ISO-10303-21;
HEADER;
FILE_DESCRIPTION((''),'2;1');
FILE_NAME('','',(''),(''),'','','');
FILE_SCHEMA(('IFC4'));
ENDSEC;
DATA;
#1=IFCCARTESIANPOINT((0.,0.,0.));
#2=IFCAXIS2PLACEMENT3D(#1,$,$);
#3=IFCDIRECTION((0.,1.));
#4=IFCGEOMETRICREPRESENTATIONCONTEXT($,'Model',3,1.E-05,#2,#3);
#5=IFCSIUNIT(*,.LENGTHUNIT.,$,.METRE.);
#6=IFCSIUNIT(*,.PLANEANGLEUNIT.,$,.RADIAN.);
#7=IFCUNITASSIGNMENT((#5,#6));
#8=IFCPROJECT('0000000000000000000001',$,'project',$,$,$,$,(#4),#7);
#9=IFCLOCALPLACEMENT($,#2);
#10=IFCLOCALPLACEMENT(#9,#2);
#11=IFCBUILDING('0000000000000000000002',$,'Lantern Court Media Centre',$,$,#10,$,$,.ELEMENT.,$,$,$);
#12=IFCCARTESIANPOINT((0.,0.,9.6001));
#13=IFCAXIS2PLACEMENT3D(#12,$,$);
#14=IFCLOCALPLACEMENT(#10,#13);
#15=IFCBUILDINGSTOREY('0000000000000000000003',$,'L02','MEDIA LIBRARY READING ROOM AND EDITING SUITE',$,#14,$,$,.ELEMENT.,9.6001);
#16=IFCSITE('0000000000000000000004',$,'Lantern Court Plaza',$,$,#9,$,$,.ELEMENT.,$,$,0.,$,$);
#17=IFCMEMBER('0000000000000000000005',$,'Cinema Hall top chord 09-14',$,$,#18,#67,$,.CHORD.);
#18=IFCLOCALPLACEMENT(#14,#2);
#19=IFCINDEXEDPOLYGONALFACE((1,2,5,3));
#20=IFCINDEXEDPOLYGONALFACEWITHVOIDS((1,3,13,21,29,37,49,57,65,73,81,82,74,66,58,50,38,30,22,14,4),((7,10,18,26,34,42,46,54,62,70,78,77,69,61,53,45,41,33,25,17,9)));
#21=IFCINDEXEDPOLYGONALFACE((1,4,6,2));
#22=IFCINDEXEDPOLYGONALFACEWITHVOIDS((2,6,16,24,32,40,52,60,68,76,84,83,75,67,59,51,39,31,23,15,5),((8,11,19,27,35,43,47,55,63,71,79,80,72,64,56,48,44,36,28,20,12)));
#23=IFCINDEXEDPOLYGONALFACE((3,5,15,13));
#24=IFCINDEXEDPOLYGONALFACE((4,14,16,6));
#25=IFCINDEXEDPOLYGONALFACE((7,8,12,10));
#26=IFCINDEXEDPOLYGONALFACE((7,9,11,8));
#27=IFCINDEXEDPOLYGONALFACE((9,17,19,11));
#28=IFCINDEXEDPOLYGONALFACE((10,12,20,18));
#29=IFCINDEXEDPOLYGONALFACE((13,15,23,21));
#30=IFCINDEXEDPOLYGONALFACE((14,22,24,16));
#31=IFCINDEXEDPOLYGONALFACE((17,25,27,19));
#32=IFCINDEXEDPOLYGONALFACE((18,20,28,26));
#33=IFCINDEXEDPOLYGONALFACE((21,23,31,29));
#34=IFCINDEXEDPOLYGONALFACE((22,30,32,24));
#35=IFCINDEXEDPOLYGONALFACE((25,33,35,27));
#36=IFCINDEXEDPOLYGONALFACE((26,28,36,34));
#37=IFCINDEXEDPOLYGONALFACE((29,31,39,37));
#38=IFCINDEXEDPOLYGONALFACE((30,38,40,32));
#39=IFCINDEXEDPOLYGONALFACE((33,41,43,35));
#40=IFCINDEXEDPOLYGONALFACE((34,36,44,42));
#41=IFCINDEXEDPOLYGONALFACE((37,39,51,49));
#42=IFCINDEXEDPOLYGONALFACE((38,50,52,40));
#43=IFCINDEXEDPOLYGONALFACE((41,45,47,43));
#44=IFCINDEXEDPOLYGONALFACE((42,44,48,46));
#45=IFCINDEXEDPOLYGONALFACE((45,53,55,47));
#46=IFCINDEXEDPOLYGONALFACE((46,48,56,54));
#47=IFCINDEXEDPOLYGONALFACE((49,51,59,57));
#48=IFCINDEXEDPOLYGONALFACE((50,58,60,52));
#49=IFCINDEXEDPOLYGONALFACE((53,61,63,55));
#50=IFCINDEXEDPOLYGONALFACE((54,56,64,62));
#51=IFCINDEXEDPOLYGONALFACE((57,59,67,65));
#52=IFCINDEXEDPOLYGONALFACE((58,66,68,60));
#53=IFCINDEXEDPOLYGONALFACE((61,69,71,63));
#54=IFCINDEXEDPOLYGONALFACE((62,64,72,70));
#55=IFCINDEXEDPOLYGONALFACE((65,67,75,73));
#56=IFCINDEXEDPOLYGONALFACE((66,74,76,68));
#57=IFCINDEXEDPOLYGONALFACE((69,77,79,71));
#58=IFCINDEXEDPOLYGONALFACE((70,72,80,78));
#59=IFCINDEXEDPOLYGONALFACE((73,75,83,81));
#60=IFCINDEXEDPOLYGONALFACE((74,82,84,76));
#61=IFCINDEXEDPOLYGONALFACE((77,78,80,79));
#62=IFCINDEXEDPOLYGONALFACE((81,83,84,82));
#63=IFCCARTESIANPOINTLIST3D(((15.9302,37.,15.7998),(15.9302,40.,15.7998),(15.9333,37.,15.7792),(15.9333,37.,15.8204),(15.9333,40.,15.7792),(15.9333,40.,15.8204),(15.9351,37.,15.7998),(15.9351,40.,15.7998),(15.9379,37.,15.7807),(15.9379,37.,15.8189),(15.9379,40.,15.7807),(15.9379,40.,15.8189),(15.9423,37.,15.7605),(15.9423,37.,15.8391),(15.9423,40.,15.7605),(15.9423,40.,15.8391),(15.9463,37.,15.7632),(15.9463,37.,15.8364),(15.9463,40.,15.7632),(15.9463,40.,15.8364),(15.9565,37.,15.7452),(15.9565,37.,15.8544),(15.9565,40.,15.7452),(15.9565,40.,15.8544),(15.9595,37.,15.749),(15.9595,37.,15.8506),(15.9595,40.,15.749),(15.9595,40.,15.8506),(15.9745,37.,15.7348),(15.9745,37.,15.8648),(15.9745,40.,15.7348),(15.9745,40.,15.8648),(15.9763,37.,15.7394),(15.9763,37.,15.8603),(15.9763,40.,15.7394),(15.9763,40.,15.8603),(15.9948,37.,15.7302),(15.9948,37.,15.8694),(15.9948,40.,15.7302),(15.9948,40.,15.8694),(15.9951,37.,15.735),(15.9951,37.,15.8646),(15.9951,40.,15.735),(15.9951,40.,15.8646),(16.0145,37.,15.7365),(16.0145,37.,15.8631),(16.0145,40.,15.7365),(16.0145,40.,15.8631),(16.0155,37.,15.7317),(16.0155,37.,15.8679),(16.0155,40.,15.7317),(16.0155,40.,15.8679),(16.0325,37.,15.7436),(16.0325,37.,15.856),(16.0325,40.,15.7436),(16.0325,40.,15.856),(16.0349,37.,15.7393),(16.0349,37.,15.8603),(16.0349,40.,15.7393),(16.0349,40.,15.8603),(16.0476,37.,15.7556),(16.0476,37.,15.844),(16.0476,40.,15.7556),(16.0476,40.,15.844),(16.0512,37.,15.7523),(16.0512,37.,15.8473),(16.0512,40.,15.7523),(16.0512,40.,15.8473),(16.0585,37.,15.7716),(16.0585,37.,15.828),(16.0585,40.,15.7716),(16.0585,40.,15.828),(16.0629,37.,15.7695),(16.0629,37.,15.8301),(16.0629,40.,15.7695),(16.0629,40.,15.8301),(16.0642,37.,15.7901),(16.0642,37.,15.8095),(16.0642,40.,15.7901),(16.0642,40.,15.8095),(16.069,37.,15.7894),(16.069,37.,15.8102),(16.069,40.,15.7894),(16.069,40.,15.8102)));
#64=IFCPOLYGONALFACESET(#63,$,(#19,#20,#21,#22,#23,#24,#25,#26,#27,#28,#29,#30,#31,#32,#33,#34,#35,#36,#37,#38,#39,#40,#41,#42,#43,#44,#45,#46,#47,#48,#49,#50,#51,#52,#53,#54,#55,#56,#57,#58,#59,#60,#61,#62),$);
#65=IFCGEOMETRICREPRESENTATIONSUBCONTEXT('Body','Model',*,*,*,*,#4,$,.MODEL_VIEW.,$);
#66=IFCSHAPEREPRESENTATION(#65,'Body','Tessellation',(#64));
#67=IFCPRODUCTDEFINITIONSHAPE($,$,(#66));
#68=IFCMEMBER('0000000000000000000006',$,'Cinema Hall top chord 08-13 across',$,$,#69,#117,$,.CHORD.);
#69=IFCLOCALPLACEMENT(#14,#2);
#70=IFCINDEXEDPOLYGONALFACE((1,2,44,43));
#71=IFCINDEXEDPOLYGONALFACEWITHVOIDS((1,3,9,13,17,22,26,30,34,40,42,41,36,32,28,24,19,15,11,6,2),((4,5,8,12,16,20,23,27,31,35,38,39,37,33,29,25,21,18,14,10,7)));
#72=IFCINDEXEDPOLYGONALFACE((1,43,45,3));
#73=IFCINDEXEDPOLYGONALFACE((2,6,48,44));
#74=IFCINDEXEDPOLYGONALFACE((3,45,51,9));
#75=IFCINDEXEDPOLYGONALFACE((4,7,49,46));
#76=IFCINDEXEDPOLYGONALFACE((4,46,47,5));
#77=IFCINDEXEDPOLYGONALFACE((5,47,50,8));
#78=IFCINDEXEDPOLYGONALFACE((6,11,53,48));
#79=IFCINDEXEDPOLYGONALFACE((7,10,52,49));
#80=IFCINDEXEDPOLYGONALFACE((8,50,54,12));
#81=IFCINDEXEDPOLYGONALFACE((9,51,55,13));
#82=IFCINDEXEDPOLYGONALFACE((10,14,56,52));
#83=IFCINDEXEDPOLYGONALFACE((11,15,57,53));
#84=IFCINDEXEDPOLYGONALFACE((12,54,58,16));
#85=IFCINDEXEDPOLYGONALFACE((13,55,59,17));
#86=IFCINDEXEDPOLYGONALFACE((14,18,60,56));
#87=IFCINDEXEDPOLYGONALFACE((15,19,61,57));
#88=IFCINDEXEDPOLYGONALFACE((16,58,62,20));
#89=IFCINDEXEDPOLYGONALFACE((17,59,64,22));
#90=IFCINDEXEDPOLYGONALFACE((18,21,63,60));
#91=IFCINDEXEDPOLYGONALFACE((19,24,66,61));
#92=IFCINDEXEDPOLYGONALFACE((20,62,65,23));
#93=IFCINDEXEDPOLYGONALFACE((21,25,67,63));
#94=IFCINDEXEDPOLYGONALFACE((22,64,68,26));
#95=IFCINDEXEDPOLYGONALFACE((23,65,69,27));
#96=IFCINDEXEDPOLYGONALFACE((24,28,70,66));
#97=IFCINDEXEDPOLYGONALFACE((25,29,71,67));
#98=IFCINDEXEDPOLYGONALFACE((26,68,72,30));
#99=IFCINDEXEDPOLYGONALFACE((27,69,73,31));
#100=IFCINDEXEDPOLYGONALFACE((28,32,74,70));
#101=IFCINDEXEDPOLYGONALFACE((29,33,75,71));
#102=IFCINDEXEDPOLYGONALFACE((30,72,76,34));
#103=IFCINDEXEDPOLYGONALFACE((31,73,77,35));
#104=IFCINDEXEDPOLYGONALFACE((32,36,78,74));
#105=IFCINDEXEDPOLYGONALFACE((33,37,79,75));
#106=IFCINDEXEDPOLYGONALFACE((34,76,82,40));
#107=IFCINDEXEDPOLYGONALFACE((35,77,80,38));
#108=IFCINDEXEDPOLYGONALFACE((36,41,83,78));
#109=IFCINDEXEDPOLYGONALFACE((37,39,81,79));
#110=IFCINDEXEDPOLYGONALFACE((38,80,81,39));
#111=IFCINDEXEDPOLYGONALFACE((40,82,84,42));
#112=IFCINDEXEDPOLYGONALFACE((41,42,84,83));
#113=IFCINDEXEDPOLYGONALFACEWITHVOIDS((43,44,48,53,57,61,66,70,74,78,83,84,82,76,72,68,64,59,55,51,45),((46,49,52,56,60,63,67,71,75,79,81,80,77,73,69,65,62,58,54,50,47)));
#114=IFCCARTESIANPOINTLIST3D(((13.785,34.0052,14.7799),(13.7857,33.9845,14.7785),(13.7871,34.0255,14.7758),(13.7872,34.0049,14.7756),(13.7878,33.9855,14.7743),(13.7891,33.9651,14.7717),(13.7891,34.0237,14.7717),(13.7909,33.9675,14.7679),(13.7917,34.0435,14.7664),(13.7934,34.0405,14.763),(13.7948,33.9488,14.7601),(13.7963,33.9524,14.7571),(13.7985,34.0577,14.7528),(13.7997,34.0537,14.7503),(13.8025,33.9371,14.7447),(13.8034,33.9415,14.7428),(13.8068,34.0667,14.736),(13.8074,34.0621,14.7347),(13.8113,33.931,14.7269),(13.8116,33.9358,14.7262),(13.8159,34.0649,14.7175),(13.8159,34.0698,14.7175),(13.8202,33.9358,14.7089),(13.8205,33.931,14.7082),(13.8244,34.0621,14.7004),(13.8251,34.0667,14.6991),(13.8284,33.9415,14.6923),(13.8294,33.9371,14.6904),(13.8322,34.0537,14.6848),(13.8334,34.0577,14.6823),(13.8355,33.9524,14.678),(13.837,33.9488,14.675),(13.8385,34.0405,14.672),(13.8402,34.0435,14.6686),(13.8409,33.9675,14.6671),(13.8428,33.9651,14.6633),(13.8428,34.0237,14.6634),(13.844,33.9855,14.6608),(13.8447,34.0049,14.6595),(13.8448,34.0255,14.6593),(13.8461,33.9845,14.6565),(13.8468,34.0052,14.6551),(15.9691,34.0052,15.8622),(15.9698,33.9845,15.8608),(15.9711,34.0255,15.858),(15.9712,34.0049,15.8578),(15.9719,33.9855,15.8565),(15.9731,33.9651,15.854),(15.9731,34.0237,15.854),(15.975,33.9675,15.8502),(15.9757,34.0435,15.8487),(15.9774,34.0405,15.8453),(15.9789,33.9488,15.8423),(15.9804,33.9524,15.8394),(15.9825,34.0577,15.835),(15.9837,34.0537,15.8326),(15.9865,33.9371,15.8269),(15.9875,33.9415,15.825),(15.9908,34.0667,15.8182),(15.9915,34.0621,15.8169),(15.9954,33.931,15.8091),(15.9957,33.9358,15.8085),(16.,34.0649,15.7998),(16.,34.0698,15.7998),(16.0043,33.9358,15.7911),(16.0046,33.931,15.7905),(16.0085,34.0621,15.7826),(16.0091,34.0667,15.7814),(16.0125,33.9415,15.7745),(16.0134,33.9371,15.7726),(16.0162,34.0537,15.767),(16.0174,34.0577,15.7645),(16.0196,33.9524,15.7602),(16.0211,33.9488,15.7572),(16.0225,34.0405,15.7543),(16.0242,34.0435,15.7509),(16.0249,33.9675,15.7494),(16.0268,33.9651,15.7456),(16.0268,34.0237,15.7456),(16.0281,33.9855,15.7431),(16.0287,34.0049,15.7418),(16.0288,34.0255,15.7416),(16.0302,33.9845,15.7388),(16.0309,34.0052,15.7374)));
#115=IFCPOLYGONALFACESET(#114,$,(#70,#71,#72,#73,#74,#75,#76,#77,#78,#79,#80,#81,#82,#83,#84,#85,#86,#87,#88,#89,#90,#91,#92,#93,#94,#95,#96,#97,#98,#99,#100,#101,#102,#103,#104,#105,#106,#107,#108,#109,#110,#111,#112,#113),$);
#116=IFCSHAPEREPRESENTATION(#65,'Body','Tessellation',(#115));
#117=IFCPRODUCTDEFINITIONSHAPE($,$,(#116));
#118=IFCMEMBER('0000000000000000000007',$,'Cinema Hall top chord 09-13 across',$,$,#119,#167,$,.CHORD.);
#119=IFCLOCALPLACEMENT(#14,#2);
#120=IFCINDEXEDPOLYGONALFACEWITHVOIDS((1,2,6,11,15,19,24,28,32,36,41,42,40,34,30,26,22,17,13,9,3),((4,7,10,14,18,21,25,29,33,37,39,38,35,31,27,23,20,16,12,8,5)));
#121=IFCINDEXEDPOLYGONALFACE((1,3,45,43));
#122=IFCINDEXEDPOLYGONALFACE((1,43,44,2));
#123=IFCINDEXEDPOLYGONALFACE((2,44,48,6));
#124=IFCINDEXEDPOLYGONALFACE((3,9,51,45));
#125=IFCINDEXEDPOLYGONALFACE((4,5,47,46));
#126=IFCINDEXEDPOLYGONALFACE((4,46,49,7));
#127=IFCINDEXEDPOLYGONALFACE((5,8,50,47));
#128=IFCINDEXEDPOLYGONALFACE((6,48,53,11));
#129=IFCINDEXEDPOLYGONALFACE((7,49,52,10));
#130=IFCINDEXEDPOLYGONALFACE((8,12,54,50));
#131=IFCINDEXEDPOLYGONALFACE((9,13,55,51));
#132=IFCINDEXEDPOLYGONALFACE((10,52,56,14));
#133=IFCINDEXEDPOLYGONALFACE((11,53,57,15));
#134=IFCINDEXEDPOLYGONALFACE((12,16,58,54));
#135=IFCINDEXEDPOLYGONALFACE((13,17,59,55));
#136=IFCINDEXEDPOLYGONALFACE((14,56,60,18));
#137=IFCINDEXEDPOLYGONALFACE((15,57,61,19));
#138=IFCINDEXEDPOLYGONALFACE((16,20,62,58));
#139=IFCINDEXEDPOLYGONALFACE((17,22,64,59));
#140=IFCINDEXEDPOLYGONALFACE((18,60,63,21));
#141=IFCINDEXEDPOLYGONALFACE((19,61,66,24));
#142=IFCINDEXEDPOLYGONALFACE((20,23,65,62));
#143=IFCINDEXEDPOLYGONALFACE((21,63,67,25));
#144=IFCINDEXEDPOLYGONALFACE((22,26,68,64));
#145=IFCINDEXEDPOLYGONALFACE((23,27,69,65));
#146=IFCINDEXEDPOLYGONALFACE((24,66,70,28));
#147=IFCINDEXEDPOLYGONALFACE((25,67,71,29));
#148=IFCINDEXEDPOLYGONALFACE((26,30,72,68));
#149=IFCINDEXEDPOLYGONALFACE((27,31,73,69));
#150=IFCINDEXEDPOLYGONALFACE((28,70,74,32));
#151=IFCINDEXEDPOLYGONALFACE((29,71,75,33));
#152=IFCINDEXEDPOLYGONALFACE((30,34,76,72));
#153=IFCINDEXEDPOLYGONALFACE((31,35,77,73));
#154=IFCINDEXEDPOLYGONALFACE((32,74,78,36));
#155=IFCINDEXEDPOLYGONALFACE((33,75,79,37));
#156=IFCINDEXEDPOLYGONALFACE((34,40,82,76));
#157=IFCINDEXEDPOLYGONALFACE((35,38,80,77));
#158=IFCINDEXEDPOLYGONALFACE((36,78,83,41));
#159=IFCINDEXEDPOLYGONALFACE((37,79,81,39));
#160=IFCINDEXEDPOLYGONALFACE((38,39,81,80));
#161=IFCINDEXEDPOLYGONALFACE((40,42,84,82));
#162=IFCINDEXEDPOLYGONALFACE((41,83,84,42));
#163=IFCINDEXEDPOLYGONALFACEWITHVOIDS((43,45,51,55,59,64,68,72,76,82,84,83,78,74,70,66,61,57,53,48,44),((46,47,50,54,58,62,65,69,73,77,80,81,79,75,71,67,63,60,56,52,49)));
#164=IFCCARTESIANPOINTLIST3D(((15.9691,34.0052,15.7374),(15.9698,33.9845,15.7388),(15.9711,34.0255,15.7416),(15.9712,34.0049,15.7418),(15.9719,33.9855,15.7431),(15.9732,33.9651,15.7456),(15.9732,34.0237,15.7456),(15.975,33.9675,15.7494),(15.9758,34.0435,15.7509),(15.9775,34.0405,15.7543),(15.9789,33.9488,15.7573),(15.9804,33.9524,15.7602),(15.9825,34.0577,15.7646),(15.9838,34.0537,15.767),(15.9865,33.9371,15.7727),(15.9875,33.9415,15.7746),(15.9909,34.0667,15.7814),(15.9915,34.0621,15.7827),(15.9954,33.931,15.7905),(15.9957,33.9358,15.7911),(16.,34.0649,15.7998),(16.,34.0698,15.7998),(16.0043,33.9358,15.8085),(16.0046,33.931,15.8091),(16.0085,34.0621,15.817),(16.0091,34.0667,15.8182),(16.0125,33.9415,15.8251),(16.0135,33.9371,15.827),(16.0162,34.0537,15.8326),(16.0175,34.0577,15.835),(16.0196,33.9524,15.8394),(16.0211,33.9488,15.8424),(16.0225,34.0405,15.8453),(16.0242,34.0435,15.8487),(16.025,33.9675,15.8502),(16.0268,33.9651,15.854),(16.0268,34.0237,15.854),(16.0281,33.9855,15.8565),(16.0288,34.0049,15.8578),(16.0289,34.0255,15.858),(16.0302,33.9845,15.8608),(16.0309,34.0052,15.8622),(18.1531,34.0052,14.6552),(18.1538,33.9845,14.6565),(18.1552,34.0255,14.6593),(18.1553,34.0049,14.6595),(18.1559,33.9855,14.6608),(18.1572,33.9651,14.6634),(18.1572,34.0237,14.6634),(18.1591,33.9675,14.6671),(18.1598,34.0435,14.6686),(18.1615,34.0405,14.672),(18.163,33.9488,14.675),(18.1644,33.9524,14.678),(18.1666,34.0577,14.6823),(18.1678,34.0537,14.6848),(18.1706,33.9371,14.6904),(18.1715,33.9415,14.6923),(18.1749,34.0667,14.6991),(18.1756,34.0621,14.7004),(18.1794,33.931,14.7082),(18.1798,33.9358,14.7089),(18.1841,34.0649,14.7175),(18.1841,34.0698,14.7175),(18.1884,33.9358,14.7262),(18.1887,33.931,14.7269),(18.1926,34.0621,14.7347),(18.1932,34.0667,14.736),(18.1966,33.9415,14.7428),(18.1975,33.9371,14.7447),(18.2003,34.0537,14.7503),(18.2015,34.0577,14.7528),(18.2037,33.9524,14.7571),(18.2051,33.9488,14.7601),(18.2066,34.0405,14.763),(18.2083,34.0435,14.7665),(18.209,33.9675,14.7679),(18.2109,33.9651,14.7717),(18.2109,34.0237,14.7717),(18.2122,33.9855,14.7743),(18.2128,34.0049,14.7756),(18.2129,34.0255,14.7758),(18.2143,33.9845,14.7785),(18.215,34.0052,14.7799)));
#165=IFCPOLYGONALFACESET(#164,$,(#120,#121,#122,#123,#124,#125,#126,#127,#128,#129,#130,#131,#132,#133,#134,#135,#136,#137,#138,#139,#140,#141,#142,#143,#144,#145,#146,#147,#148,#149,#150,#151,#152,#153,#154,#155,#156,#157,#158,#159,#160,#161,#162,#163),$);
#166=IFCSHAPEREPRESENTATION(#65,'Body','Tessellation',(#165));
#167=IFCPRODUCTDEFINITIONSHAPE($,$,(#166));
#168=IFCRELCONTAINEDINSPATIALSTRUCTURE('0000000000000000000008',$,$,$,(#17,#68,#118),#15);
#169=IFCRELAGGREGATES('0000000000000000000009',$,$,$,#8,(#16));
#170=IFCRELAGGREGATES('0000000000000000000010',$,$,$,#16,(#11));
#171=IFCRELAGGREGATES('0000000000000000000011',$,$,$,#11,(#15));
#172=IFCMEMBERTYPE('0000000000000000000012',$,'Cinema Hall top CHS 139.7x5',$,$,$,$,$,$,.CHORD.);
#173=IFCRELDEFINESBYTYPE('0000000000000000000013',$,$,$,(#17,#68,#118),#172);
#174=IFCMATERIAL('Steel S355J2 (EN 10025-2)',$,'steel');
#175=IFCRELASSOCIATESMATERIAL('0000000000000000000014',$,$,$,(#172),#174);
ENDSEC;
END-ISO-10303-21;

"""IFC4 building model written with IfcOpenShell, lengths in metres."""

from ifc_helpers import new_model, si_unit, direction, frame, origin, origin_2d, place, context, subcontext, project, spatial, hollow_circle, extrude, material, material_profile, profile_set, type_object, element, save


model = new_model("IFC4")

# Units and contexts
model_context = context("Model", 3, precision=1e-05, world=origin(), true_north=direction((0.0, 1.0)))
body_context = subcontext(model_context, "Body", "Model", "MODEL_VIEW")
ifc_project = project(units=[si_unit("LENGTHUNIT", "METRE"), si_unit("PLANEANGLEUNIT", "RADIAN")], contexts=[model_context])

# Site, building, storey
site_placement = place(None, origin())
site = spatial("IfcSite", under=ifc_project, at=site_placement, Name="Lantern Court Plaza", CompositionType="ELEMENT", RefElevation=0.0)
building_placement = place(site_placement, origin())
building = spatial("IfcBuilding", under=site, at=building_placement, Name="Lantern Court Media Centre", CompositionType="ELEMENT")
storey_placement = place(building_placement, frame((0.0, 0.0, 9.6001)))
storey = spatial("IfcBuildingStorey", under=building, at=storey_placement, Name="L02", Description="MEDIA LIBRARY READING ROOM AND EDITING SUITE", CompositionType="ELEMENT", Elevation=9.6001)

# Members
ifc_material = material(Name="Steel S355J2 (EN 10025-2)", Category="steel")
ifc_material_profile_1 = material_profile(ifc_material, hollow_circle(Radius=0.0698, WallThickness=0.0049, at=origin_2d()), Name="Cinema Hall top CHS 139.7x5")
ifc_profile_set_1 = profile_set([ifc_material_profile_1], Name="Steel S355J2 (EN 10025-2)")
member_type_1 = type_object("IfcMemberType", Name="Cinema Hall top CHS 139.7x5", PredefinedType="CHORD", material=ifc_profile_set_1)
for number, where, z_axis, x_axis, name in (
    (1, (16.0, 37.0, 15.7998), (0.0, 1.0, 0.0), (-1.0, 0.0, 0.0), "Cinema Hall top chord 09-14"),
):
    element("IfcMember", number, at=place(storey_placement, frame(where, z_axis=z_axis, x_axis=x_axis)), inside=storey, type_object=member_type_1, Name=name, PredefinedType="CHORD", context=body_context, shape_type="SweptSolid", body=[
        extrude(hollow_circle(Radius=0.0698, WallThickness=0.0049, at=origin_2d()), origin(), (0.0, 0.0, 1.0), 3.0),
    ])
for number, where, z_axis, x_axis, name in (
    (2, (13.8159, 34.0, 14.7175), (0.896024, 0.0, 0.444006), (0.0, 1.0, 0.0), "Cinema Hall top chord 08-13 across"),
    (3, (16.0, 34.0, 15.7998), (0.896024, 0.0, -0.444006), (0.0, 1.0, 0.0), "Cinema Hall top chord 09-13 across"),
):
    element("IfcMember", number, at=place(storey_placement, frame(where, z_axis=z_axis, x_axis=x_axis)), inside=storey, type_object=member_type_1, Name=name, PredefinedType="CHORD", context=body_context, shape_type="SweptSolid", body=[
        extrude(hollow_circle(Radius=0.0698, WallThickness=0.0049, at=origin_2d()), origin(), (0.0, 0.0, 1.0), 2.4375),
    ])

save(model, "model.ifc")
